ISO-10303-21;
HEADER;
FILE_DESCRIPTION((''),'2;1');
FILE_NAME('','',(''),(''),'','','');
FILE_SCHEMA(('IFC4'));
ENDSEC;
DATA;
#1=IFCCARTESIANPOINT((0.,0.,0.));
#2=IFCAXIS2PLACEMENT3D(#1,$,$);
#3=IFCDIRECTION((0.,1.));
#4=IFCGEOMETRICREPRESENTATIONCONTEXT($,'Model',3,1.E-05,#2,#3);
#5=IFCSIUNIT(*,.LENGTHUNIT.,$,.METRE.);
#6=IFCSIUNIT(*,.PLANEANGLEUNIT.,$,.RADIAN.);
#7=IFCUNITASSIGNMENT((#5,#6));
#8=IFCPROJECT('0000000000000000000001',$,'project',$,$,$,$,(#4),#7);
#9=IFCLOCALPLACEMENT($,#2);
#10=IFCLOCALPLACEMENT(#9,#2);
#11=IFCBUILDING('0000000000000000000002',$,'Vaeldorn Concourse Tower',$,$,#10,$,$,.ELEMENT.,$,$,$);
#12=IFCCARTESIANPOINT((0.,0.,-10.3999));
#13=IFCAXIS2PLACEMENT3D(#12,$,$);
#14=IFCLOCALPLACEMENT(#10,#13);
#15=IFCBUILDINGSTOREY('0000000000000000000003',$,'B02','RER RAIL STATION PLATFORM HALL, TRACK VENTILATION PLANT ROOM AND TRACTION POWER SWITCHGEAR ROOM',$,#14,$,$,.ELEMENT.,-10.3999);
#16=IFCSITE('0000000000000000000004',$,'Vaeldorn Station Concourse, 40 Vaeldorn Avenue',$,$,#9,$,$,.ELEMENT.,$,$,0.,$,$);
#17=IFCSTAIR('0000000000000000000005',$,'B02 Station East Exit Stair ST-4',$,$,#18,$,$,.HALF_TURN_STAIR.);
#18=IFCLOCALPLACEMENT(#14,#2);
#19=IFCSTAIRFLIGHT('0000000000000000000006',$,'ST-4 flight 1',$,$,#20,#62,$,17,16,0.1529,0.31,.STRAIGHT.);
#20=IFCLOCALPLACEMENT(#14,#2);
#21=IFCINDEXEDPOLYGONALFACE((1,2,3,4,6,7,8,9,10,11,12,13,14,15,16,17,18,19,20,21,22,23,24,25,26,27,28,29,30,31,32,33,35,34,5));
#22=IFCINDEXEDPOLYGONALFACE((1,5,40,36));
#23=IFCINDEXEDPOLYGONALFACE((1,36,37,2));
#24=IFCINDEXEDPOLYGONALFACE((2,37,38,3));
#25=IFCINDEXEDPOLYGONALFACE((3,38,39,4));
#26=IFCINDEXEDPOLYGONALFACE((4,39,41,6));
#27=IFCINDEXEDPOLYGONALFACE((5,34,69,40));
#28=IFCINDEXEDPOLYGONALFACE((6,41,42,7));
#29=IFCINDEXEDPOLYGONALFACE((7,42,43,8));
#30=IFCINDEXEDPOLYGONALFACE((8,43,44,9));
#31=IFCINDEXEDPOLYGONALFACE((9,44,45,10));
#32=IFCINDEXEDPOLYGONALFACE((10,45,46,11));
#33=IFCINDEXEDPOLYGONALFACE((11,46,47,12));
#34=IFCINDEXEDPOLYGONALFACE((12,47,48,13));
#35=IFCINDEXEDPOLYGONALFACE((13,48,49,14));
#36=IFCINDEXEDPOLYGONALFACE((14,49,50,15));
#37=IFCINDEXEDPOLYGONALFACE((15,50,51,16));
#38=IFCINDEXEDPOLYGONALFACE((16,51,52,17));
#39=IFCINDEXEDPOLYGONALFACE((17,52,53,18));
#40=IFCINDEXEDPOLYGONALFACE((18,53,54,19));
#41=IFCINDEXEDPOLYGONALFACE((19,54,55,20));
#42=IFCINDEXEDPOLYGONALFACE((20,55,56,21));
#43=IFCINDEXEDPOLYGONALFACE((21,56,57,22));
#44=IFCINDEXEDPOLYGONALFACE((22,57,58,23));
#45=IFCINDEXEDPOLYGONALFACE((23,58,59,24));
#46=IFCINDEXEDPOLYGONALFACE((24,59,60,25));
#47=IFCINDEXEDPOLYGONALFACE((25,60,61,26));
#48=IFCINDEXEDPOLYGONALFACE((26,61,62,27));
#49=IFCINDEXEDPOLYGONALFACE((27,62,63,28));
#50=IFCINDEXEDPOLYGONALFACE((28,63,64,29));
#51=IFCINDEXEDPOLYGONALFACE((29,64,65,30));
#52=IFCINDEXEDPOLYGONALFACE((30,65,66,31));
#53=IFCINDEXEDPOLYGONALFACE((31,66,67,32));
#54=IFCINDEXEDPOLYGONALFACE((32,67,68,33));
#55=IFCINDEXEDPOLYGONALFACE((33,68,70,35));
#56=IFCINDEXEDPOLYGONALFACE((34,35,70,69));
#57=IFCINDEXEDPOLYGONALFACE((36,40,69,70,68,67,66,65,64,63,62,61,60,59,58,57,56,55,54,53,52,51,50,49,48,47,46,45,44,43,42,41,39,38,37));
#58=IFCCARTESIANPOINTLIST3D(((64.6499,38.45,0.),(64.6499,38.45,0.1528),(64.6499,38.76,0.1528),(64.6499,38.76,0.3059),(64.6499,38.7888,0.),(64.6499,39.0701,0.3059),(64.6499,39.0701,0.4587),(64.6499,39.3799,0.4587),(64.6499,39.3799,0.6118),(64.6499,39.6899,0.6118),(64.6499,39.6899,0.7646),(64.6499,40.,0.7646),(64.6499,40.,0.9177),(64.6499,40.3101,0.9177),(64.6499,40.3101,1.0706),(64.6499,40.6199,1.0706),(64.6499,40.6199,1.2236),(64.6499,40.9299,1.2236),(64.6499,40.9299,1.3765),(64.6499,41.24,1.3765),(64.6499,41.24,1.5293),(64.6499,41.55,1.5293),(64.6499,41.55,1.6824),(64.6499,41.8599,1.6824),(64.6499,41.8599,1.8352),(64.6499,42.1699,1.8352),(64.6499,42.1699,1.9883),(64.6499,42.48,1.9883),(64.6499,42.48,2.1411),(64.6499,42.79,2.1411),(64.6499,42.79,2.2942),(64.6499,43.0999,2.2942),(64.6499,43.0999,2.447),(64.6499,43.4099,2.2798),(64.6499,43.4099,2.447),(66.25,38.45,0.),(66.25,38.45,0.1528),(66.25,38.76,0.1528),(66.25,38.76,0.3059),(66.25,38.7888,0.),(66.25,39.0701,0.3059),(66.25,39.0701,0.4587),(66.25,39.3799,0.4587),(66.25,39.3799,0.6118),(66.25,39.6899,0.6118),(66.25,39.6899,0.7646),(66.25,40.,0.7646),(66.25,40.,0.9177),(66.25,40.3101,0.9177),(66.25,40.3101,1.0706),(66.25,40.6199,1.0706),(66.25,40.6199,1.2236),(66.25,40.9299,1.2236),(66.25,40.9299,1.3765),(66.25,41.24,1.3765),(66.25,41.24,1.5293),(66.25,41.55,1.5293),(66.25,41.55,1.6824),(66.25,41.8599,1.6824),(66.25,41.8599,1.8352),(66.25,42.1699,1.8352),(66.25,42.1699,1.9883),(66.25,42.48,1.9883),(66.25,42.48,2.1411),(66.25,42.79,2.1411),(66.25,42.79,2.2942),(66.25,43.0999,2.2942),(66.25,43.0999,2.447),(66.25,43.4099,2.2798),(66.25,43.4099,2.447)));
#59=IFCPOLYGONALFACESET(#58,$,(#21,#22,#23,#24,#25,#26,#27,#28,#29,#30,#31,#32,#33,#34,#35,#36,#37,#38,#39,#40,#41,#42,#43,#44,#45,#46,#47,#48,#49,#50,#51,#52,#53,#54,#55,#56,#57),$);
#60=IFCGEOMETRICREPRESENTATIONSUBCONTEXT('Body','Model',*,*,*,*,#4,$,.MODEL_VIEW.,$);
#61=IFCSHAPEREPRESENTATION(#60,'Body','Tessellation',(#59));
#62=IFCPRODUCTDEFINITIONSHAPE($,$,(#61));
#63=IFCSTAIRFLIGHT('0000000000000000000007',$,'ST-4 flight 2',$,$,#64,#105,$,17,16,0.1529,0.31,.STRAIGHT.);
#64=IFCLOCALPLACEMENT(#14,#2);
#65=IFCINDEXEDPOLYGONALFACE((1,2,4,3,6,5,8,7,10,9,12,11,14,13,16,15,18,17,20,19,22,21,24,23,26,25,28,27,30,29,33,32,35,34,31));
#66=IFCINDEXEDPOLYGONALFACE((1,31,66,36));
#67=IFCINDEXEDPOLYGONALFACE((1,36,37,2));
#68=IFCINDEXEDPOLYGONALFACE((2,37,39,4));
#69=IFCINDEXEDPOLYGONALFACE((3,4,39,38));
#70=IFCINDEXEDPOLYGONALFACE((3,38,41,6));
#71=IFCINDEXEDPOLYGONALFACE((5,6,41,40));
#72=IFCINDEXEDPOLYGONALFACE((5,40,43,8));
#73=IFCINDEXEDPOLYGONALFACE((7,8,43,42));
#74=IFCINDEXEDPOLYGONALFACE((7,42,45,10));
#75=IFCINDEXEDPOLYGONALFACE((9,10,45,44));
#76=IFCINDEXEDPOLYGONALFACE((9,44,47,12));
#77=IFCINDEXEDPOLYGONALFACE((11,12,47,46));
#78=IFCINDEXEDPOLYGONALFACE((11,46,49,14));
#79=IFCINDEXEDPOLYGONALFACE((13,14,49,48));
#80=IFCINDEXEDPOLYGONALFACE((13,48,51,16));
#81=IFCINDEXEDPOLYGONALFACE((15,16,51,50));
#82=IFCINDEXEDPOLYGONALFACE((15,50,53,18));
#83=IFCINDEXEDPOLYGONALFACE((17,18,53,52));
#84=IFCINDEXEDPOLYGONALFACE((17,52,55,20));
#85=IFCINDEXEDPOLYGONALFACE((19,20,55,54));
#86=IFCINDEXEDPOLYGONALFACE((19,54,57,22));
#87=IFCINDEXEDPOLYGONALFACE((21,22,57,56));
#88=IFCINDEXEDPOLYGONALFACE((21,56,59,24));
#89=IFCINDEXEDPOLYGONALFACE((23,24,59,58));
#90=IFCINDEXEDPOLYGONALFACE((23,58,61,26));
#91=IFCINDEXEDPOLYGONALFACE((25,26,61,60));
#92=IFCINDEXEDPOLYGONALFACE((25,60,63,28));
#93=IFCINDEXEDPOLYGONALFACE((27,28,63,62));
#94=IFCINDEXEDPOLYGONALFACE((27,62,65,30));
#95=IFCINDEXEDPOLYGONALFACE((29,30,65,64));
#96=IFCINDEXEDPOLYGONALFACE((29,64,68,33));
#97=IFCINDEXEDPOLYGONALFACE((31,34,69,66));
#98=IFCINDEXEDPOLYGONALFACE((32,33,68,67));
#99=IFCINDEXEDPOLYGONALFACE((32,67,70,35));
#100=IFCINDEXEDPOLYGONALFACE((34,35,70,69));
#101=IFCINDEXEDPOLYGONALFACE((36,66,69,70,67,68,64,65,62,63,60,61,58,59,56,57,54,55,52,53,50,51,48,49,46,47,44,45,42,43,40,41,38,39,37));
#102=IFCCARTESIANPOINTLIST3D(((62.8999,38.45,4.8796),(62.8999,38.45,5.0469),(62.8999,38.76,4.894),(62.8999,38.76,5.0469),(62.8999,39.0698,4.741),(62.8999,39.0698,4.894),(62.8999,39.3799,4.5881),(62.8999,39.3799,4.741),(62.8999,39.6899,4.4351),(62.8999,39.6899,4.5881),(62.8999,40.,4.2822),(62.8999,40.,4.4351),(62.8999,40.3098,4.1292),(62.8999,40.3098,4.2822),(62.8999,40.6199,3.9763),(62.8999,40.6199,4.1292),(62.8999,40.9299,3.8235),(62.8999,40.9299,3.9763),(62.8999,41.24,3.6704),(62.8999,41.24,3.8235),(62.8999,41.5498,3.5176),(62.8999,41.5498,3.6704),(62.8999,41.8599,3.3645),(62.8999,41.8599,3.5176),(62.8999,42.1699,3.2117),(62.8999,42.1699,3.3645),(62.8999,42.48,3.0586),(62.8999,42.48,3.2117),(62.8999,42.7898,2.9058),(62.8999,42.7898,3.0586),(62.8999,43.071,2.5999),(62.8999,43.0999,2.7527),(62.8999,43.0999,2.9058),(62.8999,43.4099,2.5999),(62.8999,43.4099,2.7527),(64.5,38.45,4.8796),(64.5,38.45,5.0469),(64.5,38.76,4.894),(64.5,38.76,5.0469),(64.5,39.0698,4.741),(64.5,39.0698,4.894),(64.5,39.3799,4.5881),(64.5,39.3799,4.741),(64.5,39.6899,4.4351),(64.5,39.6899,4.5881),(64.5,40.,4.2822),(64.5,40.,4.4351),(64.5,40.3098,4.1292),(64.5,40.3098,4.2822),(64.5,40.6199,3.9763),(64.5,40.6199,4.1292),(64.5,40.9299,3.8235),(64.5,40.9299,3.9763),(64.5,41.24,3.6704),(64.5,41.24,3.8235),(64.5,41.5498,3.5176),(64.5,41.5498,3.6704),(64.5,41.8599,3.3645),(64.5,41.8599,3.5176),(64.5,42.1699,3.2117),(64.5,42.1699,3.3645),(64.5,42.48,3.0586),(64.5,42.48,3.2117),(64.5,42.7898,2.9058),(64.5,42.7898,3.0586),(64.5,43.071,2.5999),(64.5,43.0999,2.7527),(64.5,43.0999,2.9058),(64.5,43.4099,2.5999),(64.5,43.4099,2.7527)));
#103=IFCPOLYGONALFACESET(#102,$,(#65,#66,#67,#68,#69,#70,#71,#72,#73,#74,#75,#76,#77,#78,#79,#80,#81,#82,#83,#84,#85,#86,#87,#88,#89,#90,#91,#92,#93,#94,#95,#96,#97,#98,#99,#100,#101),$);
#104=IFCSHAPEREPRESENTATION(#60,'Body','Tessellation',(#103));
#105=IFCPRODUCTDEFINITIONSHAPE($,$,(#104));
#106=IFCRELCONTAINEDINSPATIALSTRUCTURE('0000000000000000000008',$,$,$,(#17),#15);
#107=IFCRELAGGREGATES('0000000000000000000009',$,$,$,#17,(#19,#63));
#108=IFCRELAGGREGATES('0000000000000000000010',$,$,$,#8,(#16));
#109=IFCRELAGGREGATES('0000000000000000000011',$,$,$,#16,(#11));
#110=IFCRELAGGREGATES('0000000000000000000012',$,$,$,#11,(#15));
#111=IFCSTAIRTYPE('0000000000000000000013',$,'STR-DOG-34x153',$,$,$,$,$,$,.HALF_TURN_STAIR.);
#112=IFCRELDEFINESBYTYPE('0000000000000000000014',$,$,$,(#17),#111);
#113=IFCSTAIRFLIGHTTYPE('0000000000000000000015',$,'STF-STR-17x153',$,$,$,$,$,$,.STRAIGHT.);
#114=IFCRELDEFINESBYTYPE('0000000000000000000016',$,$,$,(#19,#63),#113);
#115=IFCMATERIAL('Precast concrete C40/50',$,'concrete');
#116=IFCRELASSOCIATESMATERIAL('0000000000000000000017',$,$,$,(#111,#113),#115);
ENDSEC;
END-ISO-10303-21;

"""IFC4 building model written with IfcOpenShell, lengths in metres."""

from ifc_helpers import new_model, si_unit, direction, frame, origin, place, context, subcontext, project, spatial, polyline, outline, extrude, material, type_object, element, aggregate, save


model = new_model("IFC4")

# Units and contexts
model_context = context("Model", 3, precision=1e-05, world=origin(), true_north=direction((0.0, 1.0)))
body_context = subcontext(model_context, "Body", "Model", "MODEL_VIEW")
ifc_project = project(units=[si_unit("LENGTHUNIT", "METRE"), si_unit("PLANEANGLEUNIT", "RADIAN")], contexts=[model_context])

# Site, building, storey
site_placement = place(None, origin())
site = spatial("IfcSite", under=ifc_project, at=site_placement, Name="Vaeldorn Station Concourse, 40 Vaeldorn Avenue", CompositionType="ELEMENT", RefElevation=0.0)
building_placement = place(site_placement, origin())
building = spatial("IfcBuilding", under=site, at=building_placement, Name="Vaeldorn Concourse Tower", CompositionType="ELEMENT")
storey_placement = place(building_placement, frame((0.0, 0.0, -10.3999)))
storey = spatial("IfcBuildingStorey", under=building, at=storey_placement, Name="B02", Description="RER RAIL STATION PLATFORM HALL, TRACK VENTILATION PLANT ROOM AND TRACTION POWER SWITCHGEAR ROOM", CompositionType="ELEMENT", Elevation=-10.3999)

# Stair, stair flights
ifc_material_1 = material(Name="Precast concrete C40/50", Category="concrete")
stair_type = type_object("IfcStairType", Name="STR-DOG-34x153", PredefinedType="HALF_TURN_STAIR", material=ifc_material_1)
stair_placement = place(storey_placement, origin())
stair = element("IfcStair", 1, at=stair_placement, inside=storey, type_object=stair_type, Name="B02 Station East Exit Stair ST-4", PredefinedType="HALF_TURN_STAIR")
stair_flight_type = type_object("IfcStairFlightType", Name="STF-STR-17x153", PredefinedType="STRAIGHT", material=ifc_material_1)
stair_flight_1_placement = place(storey_placement, frame((65.45, 38.45, 0.0), z_axis=(0.0, 0.0, 1.0), x_axis=(0.0, 1.0, 0.0)))
stair_flight_1 = element("IfcStairFlight", 2, at=stair_flight_1_placement, type_object=stair_flight_type, Name="ST-4 flight 1", NumberOfRisers=17, NumberOfTreads=16, PredefinedType="STRAIGHT", RiserHeight=0.1529, TreadLength=0.31, context=body_context, shape_type="SweptSolid", body=[
    extrude(outline(polyline([(0.0, 0.0), (0.0, 0.1528), (0.3101, 0.1528), (0.3101, 0.3059), (0.6201, 0.3059), (0.6201, 0.4587), (0.9299, 0.4587), (0.9299, 0.6118), (1.24, 0.6118), (1.24, 0.7646), (1.55, 0.7646), (1.55, 0.9177), (1.8601, 0.9177), (1.8601, 1.0706), (2.1699, 1.0706), (2.1699, 1.2236), (2.48, 1.2236), (2.48, 1.3765), (2.79, 1.3765), (2.79, 1.5293), (3.1001, 1.5293), (3.1001, 1.6824), (3.4099, 1.6824), (3.4099, 1.8352), (3.72, 1.8352), (3.72, 1.9883), (4.03, 1.9883), (4.03, 2.1411), (4.3401, 2.1411), (4.3401, 2.2942), (4.6499, 2.2942), (4.6499, 2.447), (4.96, 2.447), (4.96, 2.6001), (4.96, 2.2798), (0.3389, 0.0), (0.0, 0.0)])), frame((0.0, 0.8, 0.0), z_axis=(0.0, -1.0, 0.0), x_axis=(1.0, 0.0, 0.0)), (0.0, 0.0, 1.0), 1.6001),
])
stair_flight_2_placement = place(storey_placement, frame((63.7, 43.4099, 2.5999), z_axis=(0.0, 0.0, 1.0), x_axis=(0.0, -1.0, 0.0)))
stair_flight_2 = element("IfcStairFlight", 3, at=stair_flight_2_placement, type_object=stair_flight_type, Name="ST-4 flight 2", NumberOfRisers=17, NumberOfTreads=16, PredefinedType="STRAIGHT", RiserHeight=0.1529, TreadLength=0.31, context=body_context, shape_type="SweptSolid", body=[
    extrude(outline(polyline([(0.0, 0.0), (0.0, 0.1528), (0.3101, 0.1528), (0.3101, 0.3059), (0.6201, 0.3059), (0.6201, 0.4587), (0.9299, 0.4587), (0.9299, 0.6118), (1.24, 0.6118), (1.24, 0.7646), (1.55, 0.7646), (1.55, 0.9177), (1.8601, 0.9177), (1.8601, 1.0706), (2.1699, 1.0706), (2.1699, 1.2236), (2.48, 1.2236), (2.48, 1.3765), (2.79, 1.3765), (2.79, 1.5293), (3.1001, 1.5293), (3.1001, 1.6824), (3.4099, 1.6824), (3.4099, 1.8352), (3.72, 1.8352), (3.72, 1.9883), (4.03, 1.9883), (4.03, 2.1411), (4.3401, 2.1411), (4.3401, 2.2942), (4.6499, 2.2942), (4.6499, 2.447), (4.96, 2.447), (4.96, 2.6001), (4.96, 2.2798), (0.3389, 0.0), (0.0, 0.0)])), frame((0.0, 0.8, 0.0), z_axis=(0.0, -1.0, 0.0), x_axis=(1.0, 0.0, 0.0)), (0.0, 0.0, 1.0), 1.6001),
])
aggregate(stair, [stair_flight_1, stair_flight_2])

save(model, "model.ifc")
